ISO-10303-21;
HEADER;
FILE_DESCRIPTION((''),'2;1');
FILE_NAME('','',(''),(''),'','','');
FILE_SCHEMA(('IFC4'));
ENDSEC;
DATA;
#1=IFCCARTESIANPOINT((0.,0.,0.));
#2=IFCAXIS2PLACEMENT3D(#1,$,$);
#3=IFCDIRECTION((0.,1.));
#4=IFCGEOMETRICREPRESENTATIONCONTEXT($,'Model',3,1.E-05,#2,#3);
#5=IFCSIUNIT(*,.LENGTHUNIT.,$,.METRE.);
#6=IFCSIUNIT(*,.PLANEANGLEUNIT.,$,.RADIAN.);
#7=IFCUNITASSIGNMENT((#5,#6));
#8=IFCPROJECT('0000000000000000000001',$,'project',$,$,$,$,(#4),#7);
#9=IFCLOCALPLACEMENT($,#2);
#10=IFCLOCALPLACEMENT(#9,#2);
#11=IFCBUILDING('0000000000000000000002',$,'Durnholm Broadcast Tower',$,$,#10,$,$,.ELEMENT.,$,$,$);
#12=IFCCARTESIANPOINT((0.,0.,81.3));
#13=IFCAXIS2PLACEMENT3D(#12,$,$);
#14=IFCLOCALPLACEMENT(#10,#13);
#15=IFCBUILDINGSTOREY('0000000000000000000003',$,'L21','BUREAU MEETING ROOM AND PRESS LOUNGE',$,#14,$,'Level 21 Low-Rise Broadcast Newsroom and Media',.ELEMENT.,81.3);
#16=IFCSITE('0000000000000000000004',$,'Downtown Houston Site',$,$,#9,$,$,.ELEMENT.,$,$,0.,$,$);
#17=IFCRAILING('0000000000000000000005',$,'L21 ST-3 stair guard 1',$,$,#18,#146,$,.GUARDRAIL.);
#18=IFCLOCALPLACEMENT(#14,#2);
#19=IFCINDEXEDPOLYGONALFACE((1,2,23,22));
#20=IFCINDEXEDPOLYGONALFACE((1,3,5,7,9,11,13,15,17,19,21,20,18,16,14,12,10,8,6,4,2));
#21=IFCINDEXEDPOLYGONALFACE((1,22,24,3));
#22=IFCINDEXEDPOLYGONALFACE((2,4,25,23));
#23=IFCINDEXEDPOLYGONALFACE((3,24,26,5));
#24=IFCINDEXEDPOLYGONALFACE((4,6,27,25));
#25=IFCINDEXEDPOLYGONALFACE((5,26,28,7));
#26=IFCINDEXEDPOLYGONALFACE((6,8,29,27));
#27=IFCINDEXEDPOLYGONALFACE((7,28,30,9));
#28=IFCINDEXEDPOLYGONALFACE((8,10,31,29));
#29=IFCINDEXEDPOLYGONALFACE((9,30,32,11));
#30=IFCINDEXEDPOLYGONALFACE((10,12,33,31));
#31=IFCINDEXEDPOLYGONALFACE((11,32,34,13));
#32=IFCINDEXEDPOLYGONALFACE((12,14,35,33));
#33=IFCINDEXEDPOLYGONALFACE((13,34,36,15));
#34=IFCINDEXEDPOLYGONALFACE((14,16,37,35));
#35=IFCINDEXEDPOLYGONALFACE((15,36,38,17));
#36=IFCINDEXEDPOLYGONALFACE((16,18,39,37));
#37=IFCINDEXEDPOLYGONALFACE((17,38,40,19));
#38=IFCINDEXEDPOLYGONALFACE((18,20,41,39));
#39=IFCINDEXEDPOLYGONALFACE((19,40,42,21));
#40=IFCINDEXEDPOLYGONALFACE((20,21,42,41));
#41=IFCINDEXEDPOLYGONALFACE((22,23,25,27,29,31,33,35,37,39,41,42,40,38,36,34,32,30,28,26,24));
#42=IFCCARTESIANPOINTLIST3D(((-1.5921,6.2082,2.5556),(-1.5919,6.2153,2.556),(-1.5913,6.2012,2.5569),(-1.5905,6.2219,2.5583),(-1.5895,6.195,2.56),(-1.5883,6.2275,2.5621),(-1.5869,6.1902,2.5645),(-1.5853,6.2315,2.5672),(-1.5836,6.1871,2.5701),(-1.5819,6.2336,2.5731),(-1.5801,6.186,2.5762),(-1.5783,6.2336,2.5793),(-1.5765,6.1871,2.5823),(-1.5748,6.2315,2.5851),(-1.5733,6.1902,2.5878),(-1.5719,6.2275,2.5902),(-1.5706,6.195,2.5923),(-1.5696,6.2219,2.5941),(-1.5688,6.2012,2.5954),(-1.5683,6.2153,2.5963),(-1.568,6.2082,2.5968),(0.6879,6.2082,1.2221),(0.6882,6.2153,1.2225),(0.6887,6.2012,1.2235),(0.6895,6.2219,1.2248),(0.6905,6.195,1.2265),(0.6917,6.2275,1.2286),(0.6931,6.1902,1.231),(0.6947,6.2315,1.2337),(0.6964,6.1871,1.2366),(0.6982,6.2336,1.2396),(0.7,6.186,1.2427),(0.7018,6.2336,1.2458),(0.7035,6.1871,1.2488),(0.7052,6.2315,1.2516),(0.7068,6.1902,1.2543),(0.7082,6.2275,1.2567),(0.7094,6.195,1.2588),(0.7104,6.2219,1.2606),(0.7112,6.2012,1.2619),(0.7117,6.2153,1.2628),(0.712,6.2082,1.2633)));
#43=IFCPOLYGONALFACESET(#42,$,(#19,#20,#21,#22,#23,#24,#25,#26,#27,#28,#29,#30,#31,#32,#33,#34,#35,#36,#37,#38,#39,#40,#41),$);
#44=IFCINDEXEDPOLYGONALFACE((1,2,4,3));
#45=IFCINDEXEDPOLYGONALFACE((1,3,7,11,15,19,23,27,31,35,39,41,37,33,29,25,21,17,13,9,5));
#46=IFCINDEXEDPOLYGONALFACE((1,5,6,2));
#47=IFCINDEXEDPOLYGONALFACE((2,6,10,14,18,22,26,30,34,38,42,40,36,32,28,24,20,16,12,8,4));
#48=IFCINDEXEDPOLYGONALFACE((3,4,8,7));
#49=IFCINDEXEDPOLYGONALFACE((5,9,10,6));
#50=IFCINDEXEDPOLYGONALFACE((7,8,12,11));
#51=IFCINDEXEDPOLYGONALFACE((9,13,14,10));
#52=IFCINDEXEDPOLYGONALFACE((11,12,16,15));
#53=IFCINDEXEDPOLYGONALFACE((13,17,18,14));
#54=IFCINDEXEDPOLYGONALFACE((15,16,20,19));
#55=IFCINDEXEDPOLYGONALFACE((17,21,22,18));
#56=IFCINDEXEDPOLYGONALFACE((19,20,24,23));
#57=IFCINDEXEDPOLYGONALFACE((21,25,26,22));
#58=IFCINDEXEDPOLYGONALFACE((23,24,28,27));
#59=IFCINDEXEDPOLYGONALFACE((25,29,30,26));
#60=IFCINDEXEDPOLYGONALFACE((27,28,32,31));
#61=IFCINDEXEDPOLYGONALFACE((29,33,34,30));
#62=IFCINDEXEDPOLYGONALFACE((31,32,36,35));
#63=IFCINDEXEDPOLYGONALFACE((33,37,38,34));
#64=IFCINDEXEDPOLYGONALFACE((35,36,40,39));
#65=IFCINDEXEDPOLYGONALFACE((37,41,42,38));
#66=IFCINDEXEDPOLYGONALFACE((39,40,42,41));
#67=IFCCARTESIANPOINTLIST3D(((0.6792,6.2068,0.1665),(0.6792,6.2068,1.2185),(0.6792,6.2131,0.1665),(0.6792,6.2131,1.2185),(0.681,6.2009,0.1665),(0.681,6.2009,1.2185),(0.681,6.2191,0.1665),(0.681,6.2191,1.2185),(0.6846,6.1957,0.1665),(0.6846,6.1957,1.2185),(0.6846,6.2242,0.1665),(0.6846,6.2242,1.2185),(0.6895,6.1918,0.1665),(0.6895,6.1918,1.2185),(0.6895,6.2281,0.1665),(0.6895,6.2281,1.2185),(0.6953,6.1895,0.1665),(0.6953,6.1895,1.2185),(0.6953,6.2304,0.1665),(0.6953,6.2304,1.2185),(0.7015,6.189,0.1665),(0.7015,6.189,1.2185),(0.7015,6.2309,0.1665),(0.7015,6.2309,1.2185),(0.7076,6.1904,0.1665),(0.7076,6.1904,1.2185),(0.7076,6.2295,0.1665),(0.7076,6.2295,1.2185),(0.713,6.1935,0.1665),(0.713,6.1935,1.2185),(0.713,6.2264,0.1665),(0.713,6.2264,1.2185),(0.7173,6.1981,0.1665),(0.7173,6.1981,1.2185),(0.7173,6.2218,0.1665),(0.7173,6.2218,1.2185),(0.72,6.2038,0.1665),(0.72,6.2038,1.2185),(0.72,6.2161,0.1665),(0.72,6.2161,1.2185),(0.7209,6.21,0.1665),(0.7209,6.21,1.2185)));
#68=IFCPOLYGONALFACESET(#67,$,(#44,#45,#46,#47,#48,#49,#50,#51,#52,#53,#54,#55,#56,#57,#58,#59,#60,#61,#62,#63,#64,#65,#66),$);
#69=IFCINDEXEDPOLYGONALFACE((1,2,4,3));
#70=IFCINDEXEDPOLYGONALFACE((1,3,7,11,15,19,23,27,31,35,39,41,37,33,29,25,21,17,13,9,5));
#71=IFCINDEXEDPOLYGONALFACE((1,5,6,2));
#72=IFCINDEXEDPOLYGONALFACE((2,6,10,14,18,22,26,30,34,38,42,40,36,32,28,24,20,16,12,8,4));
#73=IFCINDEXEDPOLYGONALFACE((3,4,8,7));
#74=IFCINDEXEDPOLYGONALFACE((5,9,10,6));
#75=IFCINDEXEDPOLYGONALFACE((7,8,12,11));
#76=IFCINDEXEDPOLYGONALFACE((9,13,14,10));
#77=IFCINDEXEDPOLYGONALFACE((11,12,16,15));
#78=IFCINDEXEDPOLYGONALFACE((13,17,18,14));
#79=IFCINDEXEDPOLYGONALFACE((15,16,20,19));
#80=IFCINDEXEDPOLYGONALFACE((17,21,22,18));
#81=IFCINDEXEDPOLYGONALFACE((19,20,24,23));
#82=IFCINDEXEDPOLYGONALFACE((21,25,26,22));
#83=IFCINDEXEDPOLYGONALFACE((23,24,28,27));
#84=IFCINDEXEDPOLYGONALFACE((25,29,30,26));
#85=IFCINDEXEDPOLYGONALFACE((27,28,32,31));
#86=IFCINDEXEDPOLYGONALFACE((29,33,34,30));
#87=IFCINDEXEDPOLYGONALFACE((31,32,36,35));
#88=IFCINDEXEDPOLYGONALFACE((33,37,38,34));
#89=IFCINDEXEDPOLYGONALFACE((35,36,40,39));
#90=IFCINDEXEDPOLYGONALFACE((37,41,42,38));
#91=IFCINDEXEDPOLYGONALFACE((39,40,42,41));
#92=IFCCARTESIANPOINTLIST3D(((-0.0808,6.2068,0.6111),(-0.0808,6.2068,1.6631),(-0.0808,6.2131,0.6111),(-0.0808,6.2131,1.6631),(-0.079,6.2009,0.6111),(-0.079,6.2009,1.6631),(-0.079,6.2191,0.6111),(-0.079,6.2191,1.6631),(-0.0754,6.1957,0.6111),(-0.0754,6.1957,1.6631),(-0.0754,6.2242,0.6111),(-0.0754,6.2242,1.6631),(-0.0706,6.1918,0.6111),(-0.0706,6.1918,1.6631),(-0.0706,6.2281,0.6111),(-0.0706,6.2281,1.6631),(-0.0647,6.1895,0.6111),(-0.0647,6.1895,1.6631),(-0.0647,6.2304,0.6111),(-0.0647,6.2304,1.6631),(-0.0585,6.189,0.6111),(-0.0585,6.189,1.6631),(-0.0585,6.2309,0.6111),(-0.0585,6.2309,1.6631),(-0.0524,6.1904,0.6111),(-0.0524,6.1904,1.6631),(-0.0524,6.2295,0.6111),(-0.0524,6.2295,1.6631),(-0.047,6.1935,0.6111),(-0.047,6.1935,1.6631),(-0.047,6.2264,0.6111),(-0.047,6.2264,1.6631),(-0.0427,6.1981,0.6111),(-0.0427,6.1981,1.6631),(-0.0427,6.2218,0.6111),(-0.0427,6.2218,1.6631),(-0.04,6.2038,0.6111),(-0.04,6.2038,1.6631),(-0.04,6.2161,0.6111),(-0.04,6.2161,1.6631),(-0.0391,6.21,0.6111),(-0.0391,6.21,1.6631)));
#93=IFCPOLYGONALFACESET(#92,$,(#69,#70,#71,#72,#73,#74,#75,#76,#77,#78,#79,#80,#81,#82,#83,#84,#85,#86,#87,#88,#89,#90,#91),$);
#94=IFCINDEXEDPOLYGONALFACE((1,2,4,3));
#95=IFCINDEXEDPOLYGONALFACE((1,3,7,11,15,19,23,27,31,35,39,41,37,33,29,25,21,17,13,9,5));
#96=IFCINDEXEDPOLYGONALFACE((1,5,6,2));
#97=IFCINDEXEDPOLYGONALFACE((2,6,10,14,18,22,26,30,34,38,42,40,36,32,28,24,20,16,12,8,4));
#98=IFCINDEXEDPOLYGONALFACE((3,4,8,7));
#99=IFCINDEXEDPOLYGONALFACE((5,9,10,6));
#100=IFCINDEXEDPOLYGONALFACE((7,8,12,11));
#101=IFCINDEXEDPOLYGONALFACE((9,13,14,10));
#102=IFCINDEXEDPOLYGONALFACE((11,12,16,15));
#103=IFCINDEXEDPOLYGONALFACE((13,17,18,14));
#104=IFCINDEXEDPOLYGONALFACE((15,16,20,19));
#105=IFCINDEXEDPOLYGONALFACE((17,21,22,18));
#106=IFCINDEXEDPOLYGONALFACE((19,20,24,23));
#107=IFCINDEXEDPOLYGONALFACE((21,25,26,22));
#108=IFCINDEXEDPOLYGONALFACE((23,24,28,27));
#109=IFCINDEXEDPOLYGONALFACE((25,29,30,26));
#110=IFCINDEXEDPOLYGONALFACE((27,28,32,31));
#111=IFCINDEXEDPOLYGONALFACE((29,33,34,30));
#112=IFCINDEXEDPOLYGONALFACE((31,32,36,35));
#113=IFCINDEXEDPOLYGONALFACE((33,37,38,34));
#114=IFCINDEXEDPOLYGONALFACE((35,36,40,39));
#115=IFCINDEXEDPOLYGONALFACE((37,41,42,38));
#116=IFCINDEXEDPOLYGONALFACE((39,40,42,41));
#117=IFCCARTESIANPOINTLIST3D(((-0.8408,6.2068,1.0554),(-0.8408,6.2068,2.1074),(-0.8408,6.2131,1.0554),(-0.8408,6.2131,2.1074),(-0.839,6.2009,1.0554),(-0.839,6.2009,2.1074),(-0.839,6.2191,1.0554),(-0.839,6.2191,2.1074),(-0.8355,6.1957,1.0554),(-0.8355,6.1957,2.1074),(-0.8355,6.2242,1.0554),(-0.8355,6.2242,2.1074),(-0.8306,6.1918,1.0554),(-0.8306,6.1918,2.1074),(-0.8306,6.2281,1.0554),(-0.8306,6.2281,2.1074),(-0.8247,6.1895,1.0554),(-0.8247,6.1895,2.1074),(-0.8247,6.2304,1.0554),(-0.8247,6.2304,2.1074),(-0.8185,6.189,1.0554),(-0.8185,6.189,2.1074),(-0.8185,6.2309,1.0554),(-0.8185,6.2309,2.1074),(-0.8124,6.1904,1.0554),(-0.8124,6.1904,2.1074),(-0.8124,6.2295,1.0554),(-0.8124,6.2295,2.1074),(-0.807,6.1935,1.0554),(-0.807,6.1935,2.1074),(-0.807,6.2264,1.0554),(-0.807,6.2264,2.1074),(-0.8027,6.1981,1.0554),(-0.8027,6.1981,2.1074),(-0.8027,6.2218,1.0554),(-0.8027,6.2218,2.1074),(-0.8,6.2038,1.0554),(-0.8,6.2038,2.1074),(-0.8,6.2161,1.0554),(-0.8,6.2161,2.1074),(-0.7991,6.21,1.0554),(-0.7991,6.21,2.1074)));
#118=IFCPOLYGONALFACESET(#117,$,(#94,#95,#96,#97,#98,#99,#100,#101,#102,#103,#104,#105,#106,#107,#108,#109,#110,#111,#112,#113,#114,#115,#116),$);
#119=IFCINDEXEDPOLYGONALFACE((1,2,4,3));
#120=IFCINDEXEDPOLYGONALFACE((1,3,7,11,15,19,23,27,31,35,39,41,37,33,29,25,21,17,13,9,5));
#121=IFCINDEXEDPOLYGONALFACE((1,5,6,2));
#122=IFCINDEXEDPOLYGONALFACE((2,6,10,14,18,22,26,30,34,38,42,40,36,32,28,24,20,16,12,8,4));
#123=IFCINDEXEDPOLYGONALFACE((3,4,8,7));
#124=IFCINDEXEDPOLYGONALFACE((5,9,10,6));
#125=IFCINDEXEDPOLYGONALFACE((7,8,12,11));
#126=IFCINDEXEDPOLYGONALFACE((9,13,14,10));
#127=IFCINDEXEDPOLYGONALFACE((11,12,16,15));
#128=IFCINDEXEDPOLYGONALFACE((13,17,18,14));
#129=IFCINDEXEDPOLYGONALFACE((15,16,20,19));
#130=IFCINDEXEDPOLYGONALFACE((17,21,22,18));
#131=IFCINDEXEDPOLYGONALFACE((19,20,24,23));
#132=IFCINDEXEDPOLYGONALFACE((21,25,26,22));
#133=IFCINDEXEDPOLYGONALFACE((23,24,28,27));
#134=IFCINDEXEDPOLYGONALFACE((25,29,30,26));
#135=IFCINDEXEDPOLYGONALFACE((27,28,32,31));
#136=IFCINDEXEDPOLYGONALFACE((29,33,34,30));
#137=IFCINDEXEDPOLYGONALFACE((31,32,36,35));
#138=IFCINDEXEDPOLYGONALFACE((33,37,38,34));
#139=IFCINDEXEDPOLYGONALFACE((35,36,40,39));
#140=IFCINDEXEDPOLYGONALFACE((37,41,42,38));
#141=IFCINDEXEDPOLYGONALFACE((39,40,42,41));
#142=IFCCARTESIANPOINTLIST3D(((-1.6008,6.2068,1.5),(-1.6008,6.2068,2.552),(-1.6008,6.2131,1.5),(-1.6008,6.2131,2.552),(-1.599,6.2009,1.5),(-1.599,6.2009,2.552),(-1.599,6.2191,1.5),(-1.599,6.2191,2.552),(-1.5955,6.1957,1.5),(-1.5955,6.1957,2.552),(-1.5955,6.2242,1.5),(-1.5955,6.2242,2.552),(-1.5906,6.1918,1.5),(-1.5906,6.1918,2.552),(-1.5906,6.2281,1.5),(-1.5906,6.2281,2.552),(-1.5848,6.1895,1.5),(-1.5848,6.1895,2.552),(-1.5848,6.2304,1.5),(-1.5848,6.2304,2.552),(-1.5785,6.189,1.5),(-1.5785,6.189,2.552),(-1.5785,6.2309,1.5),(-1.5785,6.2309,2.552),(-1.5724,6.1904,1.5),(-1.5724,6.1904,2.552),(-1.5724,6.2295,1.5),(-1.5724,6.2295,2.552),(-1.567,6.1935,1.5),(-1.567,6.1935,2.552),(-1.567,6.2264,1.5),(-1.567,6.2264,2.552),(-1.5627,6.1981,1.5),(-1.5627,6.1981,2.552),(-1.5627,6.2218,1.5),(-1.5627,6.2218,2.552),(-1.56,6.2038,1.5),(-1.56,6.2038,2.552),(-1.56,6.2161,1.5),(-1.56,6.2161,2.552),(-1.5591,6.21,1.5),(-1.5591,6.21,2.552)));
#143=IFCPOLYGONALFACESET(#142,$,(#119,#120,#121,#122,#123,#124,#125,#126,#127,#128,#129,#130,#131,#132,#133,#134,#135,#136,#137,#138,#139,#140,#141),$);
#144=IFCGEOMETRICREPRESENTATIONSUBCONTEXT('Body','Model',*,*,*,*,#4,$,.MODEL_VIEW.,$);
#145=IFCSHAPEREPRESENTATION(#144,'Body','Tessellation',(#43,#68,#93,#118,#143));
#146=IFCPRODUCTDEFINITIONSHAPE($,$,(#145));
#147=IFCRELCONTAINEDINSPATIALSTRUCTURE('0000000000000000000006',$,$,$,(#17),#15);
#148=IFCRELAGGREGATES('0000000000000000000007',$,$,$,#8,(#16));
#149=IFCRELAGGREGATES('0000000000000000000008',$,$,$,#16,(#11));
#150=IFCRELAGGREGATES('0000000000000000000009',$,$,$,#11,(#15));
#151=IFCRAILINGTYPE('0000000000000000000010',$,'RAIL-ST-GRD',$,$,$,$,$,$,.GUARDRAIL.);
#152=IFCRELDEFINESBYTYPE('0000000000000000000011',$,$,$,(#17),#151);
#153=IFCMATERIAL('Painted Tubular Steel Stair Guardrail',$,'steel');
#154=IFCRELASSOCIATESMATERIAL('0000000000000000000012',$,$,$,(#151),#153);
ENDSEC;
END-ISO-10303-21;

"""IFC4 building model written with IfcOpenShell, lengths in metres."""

from ifc_helpers import new_model, si_unit, direction, frame, origin, origin_2d, place, context, subcontext, project, spatial, circle, extrude, material, type_object, element, save


model = new_model("IFC4")

# Units and contexts
model_context = context("Model", 3, precision=1e-05, world=origin(), true_north=direction((0.0, 1.0)))
body_context = subcontext(model_context, "Body", "Model", "MODEL_VIEW")
ifc_project = project(units=[si_unit("LENGTHUNIT", "METRE"), si_unit("PLANEANGLEUNIT", "RADIAN")], contexts=[model_context])

# Site, building, storey
site_placement = place(None, origin())
site = spatial("IfcSite", under=ifc_project, at=site_placement, Name="Downtown Houston Site", CompositionType="ELEMENT", RefElevation=0.0)
building_placement = place(site_placement, origin())
building = spatial("IfcBuilding", under=site, at=building_placement, Name="Durnholm Broadcast Tower", CompositionType="ELEMENT")
storey_placement = place(building_placement, frame((0.0, 0.0, 81.3)))
storey = spatial("IfcBuildingStorey", under=building, at=storey_placement, Name="L21", Description="BUREAU MEETING ROOM AND PRESS LOUNGE", LongName="Level 21 Low-Rise Broadcast Newsroom and Media", CompositionType="ELEMENT", Elevation=81.3)

# Railing
ifc_material_1 = material(Name="Painted Tubular Steel Stair Guardrail", Category="steel")
railing_type_1 = type_object("IfcRailingType", Name="RAIL-ST-GRD", PredefinedType="GUARDRAIL", material=ifc_material_1)
railing_1_placement = place(storey_placement, frame((0.7, 6.21, 0.1665)))
element("IfcRailing", 1, at=railing_1_placement, inside=storey, type_object=railing_type_1, Name="L21 ST-3 stair guard 1", PredefinedType="GUARDRAIL", context=body_context, shape_type="SweptSolid", body=[
    extrude(circle(Radius=0.0239, at=origin_2d()), frame((0.0, 0.0, 1.0762), z_axis=(-0.863205, 0.0, 0.504853), x_axis=(0.0, -1.0, 0.0)), (0.0, 0.0, 1.0), 2.6414),
    extrude(circle(Radius=0.021, at=origin_2d()), origin(), (0.0, 0.0, 1.0), 1.052),
    extrude(circle(Radius=0.021, at=origin_2d()), frame((-0.76, 0.0, 0.4446)), (0.0, 0.0, 1.0), 1.052),
    extrude(circle(Radius=0.021, at=origin_2d()), frame((-1.52, 0.0, 0.8889)), (0.0, 0.0, 1.0), 1.052),
    extrude(circle(Radius=0.021, at=origin_2d()), frame((-2.28, 0.0, 1.3335)), (0.0, 0.0, 1.0), 1.052),
])

save(model, "model.ifc")
